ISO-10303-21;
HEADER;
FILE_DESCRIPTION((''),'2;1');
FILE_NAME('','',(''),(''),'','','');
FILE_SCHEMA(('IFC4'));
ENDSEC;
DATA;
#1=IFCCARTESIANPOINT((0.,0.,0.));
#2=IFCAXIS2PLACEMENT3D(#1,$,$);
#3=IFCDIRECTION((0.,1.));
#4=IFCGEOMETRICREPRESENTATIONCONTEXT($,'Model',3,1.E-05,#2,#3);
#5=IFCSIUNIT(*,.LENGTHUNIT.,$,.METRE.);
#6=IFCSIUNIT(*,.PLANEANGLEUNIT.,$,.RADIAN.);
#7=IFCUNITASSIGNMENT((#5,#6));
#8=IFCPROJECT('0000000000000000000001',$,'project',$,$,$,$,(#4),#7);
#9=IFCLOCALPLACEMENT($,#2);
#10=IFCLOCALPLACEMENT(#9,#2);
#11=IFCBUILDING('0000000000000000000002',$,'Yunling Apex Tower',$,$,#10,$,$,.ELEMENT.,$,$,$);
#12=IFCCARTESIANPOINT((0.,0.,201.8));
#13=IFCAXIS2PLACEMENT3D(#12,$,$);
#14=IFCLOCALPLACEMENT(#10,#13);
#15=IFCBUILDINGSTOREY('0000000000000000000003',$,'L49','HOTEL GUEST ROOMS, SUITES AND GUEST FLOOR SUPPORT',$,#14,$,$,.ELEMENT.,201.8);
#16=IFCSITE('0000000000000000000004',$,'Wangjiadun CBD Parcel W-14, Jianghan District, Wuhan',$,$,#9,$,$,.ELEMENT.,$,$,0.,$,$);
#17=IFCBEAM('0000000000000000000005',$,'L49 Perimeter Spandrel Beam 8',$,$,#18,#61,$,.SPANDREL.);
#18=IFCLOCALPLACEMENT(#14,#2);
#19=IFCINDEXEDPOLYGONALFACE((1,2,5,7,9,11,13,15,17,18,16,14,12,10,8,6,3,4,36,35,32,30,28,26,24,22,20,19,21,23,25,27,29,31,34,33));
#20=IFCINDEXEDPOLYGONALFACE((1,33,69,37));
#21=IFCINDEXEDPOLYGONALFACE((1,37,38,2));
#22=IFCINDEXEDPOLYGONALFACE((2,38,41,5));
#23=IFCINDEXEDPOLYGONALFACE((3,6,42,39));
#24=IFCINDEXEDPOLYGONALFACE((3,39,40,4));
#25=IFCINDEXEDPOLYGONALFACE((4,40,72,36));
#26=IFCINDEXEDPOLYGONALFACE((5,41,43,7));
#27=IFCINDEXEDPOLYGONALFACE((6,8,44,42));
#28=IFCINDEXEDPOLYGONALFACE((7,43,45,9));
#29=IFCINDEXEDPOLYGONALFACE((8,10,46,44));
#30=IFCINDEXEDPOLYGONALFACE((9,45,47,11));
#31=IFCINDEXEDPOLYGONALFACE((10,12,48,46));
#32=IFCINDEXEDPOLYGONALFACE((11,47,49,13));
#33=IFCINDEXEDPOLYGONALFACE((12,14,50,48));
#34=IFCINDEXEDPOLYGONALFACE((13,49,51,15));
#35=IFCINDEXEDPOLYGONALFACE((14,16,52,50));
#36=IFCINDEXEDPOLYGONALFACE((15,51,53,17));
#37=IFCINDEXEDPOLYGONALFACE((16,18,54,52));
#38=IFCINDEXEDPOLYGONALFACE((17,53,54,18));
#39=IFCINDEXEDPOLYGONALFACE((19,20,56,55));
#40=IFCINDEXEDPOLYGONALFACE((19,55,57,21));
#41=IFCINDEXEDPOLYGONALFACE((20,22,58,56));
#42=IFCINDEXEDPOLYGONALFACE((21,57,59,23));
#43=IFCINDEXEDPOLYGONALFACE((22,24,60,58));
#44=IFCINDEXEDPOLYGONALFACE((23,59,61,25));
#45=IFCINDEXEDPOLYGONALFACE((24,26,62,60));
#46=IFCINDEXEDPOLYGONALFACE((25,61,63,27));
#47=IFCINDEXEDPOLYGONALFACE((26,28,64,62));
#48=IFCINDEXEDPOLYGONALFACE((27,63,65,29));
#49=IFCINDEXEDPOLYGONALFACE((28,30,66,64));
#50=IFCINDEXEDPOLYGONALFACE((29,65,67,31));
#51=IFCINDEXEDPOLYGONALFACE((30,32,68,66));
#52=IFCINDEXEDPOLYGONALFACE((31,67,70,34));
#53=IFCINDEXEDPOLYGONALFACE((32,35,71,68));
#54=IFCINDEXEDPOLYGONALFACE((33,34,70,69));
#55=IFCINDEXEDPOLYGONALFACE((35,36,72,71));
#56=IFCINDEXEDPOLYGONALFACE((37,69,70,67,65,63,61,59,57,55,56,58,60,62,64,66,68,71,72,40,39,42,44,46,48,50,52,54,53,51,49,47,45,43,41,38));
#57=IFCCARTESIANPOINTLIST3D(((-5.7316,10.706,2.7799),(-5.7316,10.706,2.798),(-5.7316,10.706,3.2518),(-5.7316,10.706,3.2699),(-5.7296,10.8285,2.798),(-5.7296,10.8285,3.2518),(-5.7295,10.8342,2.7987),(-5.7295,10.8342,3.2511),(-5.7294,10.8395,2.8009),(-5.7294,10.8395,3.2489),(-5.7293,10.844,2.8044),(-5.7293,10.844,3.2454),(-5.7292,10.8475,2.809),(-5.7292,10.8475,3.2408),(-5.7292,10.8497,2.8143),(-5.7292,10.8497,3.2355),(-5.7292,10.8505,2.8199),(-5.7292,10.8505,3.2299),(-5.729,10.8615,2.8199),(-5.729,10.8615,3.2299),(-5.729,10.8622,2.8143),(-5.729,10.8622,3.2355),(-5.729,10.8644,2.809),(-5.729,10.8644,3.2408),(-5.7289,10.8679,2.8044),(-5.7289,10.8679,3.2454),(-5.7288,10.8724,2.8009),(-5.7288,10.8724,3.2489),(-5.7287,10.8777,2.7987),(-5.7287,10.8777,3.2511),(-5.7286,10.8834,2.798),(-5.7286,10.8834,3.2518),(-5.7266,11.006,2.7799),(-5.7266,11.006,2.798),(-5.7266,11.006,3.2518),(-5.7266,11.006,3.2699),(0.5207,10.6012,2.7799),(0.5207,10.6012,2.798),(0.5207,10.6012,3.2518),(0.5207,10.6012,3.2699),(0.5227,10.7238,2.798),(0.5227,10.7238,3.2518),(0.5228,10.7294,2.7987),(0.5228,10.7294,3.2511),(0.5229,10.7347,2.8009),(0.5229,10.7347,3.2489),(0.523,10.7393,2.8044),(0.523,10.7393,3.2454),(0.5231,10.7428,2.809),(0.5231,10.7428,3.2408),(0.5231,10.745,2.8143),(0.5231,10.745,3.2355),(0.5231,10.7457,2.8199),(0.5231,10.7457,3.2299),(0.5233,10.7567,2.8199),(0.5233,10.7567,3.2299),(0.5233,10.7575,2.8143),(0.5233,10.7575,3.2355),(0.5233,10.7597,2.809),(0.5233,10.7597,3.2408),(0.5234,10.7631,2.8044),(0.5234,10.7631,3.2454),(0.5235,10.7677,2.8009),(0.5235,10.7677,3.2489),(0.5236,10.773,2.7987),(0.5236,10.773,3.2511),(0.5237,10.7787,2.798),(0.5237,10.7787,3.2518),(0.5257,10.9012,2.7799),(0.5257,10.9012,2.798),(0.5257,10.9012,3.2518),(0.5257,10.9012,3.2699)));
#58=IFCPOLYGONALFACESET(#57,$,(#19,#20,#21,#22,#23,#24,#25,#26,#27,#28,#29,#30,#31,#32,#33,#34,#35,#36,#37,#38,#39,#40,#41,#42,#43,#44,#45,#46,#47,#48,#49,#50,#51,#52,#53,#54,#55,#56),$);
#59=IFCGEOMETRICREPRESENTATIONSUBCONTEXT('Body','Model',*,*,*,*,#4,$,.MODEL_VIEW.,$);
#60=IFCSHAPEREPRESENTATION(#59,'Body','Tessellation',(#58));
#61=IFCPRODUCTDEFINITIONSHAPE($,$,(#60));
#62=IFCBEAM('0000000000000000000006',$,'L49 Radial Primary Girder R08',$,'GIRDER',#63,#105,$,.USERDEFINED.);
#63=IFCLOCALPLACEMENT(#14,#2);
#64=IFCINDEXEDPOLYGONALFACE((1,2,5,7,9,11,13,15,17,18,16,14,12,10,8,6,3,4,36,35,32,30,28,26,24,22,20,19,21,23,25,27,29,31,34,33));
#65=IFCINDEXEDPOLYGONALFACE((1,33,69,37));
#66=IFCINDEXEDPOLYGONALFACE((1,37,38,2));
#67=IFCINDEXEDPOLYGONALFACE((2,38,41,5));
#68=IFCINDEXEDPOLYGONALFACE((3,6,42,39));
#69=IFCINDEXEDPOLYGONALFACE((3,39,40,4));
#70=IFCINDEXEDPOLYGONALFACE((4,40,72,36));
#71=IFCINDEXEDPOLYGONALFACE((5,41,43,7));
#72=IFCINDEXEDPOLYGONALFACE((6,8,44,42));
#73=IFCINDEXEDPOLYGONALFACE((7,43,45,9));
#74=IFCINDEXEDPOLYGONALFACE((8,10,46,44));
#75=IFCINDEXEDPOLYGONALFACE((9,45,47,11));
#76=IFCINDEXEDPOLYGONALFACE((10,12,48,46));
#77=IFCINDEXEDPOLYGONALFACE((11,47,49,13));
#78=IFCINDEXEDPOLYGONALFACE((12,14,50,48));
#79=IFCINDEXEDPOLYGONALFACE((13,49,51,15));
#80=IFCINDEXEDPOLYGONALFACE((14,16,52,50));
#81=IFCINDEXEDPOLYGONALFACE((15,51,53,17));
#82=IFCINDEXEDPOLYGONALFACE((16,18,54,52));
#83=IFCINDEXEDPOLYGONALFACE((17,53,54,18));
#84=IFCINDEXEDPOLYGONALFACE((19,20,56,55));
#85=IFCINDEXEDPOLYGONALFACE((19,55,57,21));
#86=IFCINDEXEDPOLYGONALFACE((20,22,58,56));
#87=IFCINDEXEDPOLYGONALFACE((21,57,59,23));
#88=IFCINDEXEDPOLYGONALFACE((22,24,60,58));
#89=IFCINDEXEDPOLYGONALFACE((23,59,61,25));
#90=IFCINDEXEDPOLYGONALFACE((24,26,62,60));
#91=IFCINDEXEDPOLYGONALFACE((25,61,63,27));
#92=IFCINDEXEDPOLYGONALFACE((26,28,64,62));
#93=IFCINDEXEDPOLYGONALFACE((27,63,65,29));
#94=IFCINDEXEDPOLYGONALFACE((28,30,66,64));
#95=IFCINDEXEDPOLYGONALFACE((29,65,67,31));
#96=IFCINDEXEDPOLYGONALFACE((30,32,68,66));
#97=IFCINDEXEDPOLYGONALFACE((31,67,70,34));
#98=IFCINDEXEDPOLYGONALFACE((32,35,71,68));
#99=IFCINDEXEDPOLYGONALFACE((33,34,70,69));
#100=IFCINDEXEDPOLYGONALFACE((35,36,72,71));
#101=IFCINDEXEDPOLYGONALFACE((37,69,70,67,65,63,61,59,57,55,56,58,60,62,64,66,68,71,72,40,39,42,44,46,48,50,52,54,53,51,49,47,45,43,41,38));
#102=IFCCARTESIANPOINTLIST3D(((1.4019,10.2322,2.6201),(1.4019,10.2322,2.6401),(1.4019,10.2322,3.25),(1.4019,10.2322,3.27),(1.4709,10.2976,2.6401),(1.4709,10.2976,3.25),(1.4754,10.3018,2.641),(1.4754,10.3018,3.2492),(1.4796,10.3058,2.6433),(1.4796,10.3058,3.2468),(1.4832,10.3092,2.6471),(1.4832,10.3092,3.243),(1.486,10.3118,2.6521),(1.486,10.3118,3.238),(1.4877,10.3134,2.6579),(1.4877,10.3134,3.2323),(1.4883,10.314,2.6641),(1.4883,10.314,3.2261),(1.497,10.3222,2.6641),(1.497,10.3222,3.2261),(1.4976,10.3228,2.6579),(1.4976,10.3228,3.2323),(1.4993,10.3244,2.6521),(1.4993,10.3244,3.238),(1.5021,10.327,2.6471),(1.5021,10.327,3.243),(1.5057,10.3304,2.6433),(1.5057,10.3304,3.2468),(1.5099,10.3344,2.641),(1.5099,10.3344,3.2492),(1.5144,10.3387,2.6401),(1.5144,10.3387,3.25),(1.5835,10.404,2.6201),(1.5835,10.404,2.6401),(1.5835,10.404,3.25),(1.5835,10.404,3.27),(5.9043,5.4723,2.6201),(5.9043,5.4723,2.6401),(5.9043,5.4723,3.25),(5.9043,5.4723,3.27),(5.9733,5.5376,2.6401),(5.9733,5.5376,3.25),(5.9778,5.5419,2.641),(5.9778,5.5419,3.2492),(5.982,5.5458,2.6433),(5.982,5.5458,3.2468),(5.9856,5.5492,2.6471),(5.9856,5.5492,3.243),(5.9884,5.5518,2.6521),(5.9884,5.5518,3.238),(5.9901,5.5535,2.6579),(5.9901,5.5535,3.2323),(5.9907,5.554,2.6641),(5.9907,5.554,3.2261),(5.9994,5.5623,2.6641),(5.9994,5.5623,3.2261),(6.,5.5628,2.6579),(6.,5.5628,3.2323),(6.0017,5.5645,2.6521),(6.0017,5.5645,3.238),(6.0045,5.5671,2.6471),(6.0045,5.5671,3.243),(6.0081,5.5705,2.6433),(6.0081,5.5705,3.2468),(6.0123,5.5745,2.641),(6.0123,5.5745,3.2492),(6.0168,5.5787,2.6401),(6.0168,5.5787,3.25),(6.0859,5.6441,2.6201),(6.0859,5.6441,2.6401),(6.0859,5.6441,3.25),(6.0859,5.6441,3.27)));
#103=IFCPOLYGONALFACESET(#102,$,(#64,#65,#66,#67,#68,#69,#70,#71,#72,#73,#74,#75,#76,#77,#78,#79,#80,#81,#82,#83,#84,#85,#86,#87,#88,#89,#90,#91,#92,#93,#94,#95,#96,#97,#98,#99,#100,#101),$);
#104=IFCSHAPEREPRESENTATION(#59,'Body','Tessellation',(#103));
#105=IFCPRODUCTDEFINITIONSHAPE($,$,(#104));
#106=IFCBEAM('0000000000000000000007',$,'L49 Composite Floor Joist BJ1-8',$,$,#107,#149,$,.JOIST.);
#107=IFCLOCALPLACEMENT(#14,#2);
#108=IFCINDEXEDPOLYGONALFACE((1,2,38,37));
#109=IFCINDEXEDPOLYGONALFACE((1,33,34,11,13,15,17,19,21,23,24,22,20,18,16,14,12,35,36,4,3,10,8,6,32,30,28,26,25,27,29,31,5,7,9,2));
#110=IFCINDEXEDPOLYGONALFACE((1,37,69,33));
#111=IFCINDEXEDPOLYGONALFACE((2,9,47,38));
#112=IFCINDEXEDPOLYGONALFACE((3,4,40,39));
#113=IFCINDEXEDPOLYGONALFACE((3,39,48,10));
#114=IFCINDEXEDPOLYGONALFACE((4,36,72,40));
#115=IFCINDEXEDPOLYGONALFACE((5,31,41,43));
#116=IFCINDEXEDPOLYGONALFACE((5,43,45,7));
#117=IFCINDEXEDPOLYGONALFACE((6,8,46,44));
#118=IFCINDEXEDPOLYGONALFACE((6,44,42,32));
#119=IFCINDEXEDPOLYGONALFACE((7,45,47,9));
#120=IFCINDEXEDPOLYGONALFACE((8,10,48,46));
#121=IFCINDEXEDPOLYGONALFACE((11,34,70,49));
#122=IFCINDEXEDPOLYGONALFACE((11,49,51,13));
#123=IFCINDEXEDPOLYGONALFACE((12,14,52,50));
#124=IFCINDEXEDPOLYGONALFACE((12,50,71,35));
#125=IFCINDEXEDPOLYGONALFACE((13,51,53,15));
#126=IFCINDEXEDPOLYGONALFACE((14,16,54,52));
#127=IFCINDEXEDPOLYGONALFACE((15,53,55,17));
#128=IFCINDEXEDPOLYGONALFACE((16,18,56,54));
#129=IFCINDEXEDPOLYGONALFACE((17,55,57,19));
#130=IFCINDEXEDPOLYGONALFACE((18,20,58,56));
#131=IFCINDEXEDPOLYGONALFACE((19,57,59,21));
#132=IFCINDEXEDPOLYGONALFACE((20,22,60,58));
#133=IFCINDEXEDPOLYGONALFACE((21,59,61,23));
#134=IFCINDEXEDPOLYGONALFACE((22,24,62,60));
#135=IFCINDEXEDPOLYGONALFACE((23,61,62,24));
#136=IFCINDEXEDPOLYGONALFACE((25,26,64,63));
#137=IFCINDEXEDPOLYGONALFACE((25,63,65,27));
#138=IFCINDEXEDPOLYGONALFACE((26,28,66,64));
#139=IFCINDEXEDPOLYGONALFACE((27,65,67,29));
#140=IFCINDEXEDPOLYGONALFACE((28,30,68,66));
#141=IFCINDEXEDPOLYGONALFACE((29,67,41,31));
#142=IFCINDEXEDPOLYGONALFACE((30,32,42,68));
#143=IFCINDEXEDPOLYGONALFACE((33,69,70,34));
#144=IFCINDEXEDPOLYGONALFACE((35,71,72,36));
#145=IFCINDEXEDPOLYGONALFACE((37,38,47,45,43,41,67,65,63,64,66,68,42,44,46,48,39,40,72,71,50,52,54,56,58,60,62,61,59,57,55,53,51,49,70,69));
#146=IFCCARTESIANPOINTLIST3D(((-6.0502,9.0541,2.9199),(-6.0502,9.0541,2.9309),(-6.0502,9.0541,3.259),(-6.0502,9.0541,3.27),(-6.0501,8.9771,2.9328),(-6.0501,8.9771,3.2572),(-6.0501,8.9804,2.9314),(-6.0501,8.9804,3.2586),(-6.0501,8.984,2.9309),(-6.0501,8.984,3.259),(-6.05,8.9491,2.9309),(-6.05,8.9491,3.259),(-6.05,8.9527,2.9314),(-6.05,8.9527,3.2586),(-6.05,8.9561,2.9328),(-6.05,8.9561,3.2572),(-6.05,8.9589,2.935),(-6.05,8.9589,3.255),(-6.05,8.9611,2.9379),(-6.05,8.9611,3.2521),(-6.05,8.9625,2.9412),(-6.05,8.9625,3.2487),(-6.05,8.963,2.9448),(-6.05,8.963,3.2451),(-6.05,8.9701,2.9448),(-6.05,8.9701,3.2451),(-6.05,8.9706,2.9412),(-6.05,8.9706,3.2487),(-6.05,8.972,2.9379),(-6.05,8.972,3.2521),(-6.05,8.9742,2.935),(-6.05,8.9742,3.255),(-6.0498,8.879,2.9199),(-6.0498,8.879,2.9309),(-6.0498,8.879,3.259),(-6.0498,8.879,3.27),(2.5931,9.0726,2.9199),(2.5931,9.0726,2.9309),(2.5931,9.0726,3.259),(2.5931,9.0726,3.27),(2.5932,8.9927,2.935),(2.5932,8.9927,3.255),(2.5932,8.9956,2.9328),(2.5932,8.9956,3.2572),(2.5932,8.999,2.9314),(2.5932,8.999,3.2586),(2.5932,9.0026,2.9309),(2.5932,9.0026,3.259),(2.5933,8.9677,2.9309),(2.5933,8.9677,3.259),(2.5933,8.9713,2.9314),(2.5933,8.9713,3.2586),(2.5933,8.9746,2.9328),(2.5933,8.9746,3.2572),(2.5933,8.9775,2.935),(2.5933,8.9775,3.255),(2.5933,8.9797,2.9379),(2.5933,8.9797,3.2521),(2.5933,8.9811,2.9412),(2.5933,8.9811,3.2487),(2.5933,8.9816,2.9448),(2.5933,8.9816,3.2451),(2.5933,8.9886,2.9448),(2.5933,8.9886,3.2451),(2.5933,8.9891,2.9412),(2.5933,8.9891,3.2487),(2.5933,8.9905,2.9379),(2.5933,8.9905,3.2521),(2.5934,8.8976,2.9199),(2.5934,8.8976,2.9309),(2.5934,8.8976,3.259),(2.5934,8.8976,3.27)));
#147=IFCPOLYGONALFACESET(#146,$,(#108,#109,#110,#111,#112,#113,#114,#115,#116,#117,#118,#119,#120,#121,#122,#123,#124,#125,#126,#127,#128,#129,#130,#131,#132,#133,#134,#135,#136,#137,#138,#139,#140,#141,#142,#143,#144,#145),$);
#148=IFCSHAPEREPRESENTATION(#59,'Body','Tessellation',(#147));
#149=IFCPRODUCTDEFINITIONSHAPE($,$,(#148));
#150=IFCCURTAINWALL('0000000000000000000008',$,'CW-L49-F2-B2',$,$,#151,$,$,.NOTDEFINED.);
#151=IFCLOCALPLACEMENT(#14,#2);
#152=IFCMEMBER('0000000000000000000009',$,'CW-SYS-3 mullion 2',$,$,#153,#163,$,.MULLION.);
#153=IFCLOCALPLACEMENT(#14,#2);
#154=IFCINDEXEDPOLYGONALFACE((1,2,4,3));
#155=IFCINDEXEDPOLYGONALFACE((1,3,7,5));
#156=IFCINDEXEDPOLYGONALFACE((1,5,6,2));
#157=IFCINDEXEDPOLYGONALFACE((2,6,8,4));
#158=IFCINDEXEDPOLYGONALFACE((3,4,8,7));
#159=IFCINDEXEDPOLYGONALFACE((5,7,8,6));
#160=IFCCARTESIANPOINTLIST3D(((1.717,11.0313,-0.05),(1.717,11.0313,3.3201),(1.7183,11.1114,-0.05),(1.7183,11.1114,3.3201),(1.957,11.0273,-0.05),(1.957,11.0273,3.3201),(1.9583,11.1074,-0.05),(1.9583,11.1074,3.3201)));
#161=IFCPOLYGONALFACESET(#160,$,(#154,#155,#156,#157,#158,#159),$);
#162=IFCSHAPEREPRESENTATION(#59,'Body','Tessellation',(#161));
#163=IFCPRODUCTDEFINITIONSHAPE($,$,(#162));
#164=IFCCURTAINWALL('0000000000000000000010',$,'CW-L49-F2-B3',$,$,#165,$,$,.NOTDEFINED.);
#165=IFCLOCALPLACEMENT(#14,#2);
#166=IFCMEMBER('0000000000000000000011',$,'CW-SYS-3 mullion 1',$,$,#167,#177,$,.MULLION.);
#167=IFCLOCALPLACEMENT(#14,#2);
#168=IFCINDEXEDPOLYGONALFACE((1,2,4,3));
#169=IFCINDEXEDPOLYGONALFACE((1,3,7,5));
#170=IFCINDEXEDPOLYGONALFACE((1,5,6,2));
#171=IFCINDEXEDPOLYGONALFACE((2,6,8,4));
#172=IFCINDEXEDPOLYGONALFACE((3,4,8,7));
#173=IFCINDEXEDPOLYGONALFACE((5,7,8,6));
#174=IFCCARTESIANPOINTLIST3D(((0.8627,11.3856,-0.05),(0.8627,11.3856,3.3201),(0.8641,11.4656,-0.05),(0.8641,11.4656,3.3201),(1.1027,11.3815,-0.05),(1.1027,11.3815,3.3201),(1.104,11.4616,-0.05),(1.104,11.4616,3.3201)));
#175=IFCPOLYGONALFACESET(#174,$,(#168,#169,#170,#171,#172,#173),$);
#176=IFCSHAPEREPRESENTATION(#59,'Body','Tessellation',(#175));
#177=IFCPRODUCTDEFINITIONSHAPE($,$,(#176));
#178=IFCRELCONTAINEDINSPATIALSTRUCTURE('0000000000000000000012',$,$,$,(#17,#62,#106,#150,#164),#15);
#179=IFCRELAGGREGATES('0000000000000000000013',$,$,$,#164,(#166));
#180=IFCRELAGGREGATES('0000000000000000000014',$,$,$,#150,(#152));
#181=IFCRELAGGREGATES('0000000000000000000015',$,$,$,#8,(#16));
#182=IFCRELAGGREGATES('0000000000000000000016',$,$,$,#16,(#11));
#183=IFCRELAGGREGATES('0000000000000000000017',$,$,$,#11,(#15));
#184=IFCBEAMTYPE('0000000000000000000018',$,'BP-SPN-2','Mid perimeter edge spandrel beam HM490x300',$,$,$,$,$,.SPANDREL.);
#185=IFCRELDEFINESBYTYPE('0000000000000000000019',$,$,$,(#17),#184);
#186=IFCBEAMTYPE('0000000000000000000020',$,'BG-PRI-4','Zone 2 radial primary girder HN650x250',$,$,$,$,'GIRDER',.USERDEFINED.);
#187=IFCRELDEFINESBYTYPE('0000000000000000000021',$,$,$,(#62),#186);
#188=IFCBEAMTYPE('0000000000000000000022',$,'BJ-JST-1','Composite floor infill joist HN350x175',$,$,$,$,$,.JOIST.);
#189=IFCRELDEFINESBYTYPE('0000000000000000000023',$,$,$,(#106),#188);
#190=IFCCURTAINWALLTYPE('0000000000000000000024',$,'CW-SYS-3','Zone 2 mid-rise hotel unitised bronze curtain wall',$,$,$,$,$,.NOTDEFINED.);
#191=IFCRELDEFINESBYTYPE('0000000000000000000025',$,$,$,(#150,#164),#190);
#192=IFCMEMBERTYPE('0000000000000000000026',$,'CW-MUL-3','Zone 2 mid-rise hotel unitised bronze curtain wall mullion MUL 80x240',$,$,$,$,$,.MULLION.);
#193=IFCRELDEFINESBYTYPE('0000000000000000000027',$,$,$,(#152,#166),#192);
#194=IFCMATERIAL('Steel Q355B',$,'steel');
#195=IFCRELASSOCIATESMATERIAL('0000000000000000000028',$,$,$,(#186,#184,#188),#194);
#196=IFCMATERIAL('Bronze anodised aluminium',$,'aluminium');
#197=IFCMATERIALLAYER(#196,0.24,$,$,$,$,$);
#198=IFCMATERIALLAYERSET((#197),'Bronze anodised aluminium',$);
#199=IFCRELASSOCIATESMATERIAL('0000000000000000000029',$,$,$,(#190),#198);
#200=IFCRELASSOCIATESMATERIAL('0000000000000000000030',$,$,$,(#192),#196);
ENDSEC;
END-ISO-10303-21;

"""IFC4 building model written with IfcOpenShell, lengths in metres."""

from ifc_helpers import new_model, si_unit, direction, frame, origin, origin_2d, place, context, subcontext, project, spatial, rectangle, i_section, extrude, source, transform, mapped, material, layer, layer_set, material_profile, profile_set, type_object, element, aggregate, save


model = new_model("IFC4")

# Units and contexts
model_context = context("Model", 3, precision=1e-05, world=origin(), true_north=direction((0.0, 1.0)))
body_context = subcontext(model_context, "Body", "Model", "MODEL_VIEW")
ifc_project = project(units=[si_unit("LENGTHUNIT", "METRE"), si_unit("PLANEANGLEUNIT", "RADIAN")], contexts=[model_context])

# Site, building, storey
site_placement = place(None, origin())
site = spatial("IfcSite", under=ifc_project, at=site_placement, Name="Wangjiadun CBD Parcel W-14, Jianghan District, Wuhan", CompositionType="ELEMENT", RefElevation=0.0)
building_placement = place(site_placement, origin())
building = spatial("IfcBuilding", under=site, at=building_placement, Name="Yunling Apex Tower", CompositionType="ELEMENT")
storey_placement = place(building_placement, frame((0.0, 0.0, 201.8)))
storey = spatial("IfcBuildingStorey", under=building, at=storey_placement, Name="L49", Description="HOTEL GUEST ROOMS, SUITES AND GUEST FLOOR SUPPORT", CompositionType="ELEMENT", Elevation=201.8)

# Beams
ifc_material_1 = material(Name="Steel Q355B", Category="steel")
ifc_material_profile_1 = material_profile(ifc_material_1, i_section(OverallWidth=0.25, OverallDepth=0.6499, WebThickness=0.012, FlangeThickness=0.02, FilletRadius=0.0239, at=origin_2d()))
ifc_profile_set_1 = profile_set([ifc_material_profile_1], Name="Steel Q355B")
beam_type_1 = type_object("IfcBeamType", Name="BG-PRI-4", Description="Zone 2 radial primary girder HN650x250", ElementType="GIRDER", PredefinedType="USERDEFINED", material=ifc_profile_set_1)
ifc_material_profile_2 = material_profile(ifc_material_1, i_section(OverallWidth=0.3, OverallDepth=0.49, WebThickness=0.011, FlangeThickness=0.0181, FilletRadius=0.022, at=origin_2d()))
ifc_profile_set_2 = profile_set([ifc_material_profile_2], Name="Steel Q355B")
beam_type_2 = type_object("IfcBeamType", Name="BP-SPN-2", Description="Mid perimeter edge spandrel beam HM490x300", PredefinedType="SPANDREL", material=ifc_profile_set_2)
shared_shape_1 = source(origin(), body_context, "Body", "SweptSolid", [
    extrude(i_section(OverallWidth=0.3, OverallDepth=0.49, WebThickness=0.011, FlangeThickness=0.0181, FilletRadius=0.022, at=origin_2d()), origin(), (0.0, 0.0, 1.0), 6.2532),
])
beam_1_placement = place(storey_placement, frame((0.5232, 10.7512, 3.0249), z_axis=(-0.99986, 0.01675, 0.0), x_axis=(-0.01675, -0.99986, 0.0)))
element("IfcBeam", 1, at=beam_1_placement, inside=storey, type_object=beam_type_2, Name="L49 Perimeter Spandrel Beam 8", PredefinedType="SPANDREL", context=body_context, shape_type="MappedRepresentation", body=[
    mapped(shared_shape_1, transform((0.0, 0.0, 0.0), scale=1.0)),
])
shared_shape_2 = source(origin(), body_context, "Body", "SweptSolid", [
    extrude(i_section(OverallWidth=0.25, OverallDepth=0.6499, WebThickness=0.012, FlangeThickness=0.02, FilletRadius=0.0239, at=origin_2d()), origin(), (0.0, 0.0, 1.0), 6.552),
])
beam_2_placement = place(storey_placement, frame((1.4927, 10.3181, 2.9451), z_axis=(0.687178, -0.726489, 0.0), x_axis=(0.726489, 0.687178, 0.0)))
element("IfcBeam", 2, at=beam_2_placement, inside=storey, type_object=beam_type_1, Name="L49 Radial Primary Girder R08", ObjectType="GIRDER", PredefinedType="USERDEFINED", context=body_context, shape_type="MappedRepresentation", body=[
    mapped(shared_shape_2, transform((0.0, 0.0, 0.0), scale=1.0)),
])
ifc_material_profile_3 = material_profile(ifc_material_1, i_section(OverallWidth=0.175, OverallDepth=0.3501, WebThickness=0.0071, FlangeThickness=0.011, FilletRadius=0.0139, at=origin_2d()))
ifc_profile_set_3 = profile_set([ifc_material_profile_3], Name="Steel Q355B")
beam_type_3 = type_object("IfcBeamType", Name="BJ-JST-1", Description="Composite floor infill joist HN350x175", PredefinedType="JOIST", material=ifc_profile_set_3)
shared_shape_3 = source(origin(), body_context, "Body", "SweptSolid", [
    extrude(i_section(OverallWidth=0.175, OverallDepth=0.3501, WebThickness=0.0071, FlangeThickness=0.011, FilletRadius=0.0139, at=origin_2d()), origin(), (0.0, 0.0, 1.0), 8.6433),
])
beam_3_placement = place(storey_placement, frame((2.5933, 8.9851, 3.095), z_axis=(-0.999998, -0.002147, 0.0), x_axis=(0.002147, -0.999998, 0.0)))
element("IfcBeam", 3, at=beam_3_placement, inside=storey, type_object=beam_type_3, Name="L49 Composite Floor Joist BJ1-8", PredefinedType="JOIST", context=body_context, shape_type="MappedRepresentation", body=[
    mapped(shared_shape_3, transform((0.0, 0.0, 0.0), scale=1.0)),
])

# Curtain wall, member
ifc_material_2 = material(Name="Bronze anodised aluminium", Category="aluminium")
ifc_layer_1 = layer(ifc_material_2, 0.24)
ifc_layer_set_1 = layer_set([ifc_layer_1], Name="Bronze anodised aluminium")
curtain_wall_type = type_object("IfcCurtainWallType", Name="CW-SYS-3", Description="Zone 2 mid-rise hotel unitised bronze curtain wall", PredefinedType="NOTDEFINED", material=ifc_layer_set_1)
curtain_wall_1_placement = place(storey_placement, origin())
curtain_wall_1 = element("IfcCurtainWall", 4, at=curtain_wall_1_placement, inside=storey, type_object=curtain_wall_type, Name="CW-L49-F2-B2", PredefinedType="NOTDEFINED")
ifc_material_profile_4 = material_profile(ifc_material_2, rectangle(XDim=0.0801, YDim=0.24, at=origin_2d()))
ifc_profile_set_4 = profile_set([ifc_material_profile_4], Name="Bronze anodised aluminium")
member_type_1 = type_object("IfcMemberType", Name="CW-MUL-3", Description="Zone 2 mid-rise hotel unitised bronze curtain wall mullion MUL 80x240", PredefinedType="MULLION", material=ifc_profile_set_4)
shared_shape_4 = source(origin(), body_context, "Body", "SweptSolid", [
    extrude(rectangle(XDim=0.0801, YDim=0.24, at=origin_2d()), origin(), (0.0, 0.0, 1.0), 3.3701),
])
member_1_placement = place(storey_placement, frame((1.8376, 11.0693, -0.05), z_axis=(0.0, 0.0, 1.0), x_axis=(-0.016759, -0.99986, 0.0)))
member_1 = element("IfcMember", 5, at=member_1_placement, type_object=member_type_1, Name="CW-SYS-3 mullion 2", PredefinedType="MULLION", context=body_context, shape_type="MappedRepresentation", body=[
    mapped(shared_shape_4, transform((0.0, 0.0, 0.0), scale=1.0)),
])

# Curtain wall, member
curtain_wall_2_placement = place(storey_placement, origin())
curtain_wall_2 = element("IfcCurtainWall", 6, at=curtain_wall_2_placement, inside=storey, type_object=curtain_wall_type, Name="CW-L49-F2-B3", PredefinedType="NOTDEFINED")
member_2_placement = place(storey_placement, frame((0.9834, 11.4236, -0.05), z_axis=(0.0, 0.0, 1.0), x_axis=(-0.016747, -0.99986, 0.0)))
member_2 = element("IfcMember", 7, at=member_2_placement, type_object=member_type_1, Name="CW-SYS-3 mullion 1", PredefinedType="MULLION", context=body_context, shape_type="MappedRepresentation", body=[
    mapped(shared_shape_4, transform((0.0, 0.0, 0.0), scale=1.0)),
])
aggregate(curtain_wall_2, [member_2])

aggregate(curtain_wall_1, [member_1])

save(model, "model.ifc")
